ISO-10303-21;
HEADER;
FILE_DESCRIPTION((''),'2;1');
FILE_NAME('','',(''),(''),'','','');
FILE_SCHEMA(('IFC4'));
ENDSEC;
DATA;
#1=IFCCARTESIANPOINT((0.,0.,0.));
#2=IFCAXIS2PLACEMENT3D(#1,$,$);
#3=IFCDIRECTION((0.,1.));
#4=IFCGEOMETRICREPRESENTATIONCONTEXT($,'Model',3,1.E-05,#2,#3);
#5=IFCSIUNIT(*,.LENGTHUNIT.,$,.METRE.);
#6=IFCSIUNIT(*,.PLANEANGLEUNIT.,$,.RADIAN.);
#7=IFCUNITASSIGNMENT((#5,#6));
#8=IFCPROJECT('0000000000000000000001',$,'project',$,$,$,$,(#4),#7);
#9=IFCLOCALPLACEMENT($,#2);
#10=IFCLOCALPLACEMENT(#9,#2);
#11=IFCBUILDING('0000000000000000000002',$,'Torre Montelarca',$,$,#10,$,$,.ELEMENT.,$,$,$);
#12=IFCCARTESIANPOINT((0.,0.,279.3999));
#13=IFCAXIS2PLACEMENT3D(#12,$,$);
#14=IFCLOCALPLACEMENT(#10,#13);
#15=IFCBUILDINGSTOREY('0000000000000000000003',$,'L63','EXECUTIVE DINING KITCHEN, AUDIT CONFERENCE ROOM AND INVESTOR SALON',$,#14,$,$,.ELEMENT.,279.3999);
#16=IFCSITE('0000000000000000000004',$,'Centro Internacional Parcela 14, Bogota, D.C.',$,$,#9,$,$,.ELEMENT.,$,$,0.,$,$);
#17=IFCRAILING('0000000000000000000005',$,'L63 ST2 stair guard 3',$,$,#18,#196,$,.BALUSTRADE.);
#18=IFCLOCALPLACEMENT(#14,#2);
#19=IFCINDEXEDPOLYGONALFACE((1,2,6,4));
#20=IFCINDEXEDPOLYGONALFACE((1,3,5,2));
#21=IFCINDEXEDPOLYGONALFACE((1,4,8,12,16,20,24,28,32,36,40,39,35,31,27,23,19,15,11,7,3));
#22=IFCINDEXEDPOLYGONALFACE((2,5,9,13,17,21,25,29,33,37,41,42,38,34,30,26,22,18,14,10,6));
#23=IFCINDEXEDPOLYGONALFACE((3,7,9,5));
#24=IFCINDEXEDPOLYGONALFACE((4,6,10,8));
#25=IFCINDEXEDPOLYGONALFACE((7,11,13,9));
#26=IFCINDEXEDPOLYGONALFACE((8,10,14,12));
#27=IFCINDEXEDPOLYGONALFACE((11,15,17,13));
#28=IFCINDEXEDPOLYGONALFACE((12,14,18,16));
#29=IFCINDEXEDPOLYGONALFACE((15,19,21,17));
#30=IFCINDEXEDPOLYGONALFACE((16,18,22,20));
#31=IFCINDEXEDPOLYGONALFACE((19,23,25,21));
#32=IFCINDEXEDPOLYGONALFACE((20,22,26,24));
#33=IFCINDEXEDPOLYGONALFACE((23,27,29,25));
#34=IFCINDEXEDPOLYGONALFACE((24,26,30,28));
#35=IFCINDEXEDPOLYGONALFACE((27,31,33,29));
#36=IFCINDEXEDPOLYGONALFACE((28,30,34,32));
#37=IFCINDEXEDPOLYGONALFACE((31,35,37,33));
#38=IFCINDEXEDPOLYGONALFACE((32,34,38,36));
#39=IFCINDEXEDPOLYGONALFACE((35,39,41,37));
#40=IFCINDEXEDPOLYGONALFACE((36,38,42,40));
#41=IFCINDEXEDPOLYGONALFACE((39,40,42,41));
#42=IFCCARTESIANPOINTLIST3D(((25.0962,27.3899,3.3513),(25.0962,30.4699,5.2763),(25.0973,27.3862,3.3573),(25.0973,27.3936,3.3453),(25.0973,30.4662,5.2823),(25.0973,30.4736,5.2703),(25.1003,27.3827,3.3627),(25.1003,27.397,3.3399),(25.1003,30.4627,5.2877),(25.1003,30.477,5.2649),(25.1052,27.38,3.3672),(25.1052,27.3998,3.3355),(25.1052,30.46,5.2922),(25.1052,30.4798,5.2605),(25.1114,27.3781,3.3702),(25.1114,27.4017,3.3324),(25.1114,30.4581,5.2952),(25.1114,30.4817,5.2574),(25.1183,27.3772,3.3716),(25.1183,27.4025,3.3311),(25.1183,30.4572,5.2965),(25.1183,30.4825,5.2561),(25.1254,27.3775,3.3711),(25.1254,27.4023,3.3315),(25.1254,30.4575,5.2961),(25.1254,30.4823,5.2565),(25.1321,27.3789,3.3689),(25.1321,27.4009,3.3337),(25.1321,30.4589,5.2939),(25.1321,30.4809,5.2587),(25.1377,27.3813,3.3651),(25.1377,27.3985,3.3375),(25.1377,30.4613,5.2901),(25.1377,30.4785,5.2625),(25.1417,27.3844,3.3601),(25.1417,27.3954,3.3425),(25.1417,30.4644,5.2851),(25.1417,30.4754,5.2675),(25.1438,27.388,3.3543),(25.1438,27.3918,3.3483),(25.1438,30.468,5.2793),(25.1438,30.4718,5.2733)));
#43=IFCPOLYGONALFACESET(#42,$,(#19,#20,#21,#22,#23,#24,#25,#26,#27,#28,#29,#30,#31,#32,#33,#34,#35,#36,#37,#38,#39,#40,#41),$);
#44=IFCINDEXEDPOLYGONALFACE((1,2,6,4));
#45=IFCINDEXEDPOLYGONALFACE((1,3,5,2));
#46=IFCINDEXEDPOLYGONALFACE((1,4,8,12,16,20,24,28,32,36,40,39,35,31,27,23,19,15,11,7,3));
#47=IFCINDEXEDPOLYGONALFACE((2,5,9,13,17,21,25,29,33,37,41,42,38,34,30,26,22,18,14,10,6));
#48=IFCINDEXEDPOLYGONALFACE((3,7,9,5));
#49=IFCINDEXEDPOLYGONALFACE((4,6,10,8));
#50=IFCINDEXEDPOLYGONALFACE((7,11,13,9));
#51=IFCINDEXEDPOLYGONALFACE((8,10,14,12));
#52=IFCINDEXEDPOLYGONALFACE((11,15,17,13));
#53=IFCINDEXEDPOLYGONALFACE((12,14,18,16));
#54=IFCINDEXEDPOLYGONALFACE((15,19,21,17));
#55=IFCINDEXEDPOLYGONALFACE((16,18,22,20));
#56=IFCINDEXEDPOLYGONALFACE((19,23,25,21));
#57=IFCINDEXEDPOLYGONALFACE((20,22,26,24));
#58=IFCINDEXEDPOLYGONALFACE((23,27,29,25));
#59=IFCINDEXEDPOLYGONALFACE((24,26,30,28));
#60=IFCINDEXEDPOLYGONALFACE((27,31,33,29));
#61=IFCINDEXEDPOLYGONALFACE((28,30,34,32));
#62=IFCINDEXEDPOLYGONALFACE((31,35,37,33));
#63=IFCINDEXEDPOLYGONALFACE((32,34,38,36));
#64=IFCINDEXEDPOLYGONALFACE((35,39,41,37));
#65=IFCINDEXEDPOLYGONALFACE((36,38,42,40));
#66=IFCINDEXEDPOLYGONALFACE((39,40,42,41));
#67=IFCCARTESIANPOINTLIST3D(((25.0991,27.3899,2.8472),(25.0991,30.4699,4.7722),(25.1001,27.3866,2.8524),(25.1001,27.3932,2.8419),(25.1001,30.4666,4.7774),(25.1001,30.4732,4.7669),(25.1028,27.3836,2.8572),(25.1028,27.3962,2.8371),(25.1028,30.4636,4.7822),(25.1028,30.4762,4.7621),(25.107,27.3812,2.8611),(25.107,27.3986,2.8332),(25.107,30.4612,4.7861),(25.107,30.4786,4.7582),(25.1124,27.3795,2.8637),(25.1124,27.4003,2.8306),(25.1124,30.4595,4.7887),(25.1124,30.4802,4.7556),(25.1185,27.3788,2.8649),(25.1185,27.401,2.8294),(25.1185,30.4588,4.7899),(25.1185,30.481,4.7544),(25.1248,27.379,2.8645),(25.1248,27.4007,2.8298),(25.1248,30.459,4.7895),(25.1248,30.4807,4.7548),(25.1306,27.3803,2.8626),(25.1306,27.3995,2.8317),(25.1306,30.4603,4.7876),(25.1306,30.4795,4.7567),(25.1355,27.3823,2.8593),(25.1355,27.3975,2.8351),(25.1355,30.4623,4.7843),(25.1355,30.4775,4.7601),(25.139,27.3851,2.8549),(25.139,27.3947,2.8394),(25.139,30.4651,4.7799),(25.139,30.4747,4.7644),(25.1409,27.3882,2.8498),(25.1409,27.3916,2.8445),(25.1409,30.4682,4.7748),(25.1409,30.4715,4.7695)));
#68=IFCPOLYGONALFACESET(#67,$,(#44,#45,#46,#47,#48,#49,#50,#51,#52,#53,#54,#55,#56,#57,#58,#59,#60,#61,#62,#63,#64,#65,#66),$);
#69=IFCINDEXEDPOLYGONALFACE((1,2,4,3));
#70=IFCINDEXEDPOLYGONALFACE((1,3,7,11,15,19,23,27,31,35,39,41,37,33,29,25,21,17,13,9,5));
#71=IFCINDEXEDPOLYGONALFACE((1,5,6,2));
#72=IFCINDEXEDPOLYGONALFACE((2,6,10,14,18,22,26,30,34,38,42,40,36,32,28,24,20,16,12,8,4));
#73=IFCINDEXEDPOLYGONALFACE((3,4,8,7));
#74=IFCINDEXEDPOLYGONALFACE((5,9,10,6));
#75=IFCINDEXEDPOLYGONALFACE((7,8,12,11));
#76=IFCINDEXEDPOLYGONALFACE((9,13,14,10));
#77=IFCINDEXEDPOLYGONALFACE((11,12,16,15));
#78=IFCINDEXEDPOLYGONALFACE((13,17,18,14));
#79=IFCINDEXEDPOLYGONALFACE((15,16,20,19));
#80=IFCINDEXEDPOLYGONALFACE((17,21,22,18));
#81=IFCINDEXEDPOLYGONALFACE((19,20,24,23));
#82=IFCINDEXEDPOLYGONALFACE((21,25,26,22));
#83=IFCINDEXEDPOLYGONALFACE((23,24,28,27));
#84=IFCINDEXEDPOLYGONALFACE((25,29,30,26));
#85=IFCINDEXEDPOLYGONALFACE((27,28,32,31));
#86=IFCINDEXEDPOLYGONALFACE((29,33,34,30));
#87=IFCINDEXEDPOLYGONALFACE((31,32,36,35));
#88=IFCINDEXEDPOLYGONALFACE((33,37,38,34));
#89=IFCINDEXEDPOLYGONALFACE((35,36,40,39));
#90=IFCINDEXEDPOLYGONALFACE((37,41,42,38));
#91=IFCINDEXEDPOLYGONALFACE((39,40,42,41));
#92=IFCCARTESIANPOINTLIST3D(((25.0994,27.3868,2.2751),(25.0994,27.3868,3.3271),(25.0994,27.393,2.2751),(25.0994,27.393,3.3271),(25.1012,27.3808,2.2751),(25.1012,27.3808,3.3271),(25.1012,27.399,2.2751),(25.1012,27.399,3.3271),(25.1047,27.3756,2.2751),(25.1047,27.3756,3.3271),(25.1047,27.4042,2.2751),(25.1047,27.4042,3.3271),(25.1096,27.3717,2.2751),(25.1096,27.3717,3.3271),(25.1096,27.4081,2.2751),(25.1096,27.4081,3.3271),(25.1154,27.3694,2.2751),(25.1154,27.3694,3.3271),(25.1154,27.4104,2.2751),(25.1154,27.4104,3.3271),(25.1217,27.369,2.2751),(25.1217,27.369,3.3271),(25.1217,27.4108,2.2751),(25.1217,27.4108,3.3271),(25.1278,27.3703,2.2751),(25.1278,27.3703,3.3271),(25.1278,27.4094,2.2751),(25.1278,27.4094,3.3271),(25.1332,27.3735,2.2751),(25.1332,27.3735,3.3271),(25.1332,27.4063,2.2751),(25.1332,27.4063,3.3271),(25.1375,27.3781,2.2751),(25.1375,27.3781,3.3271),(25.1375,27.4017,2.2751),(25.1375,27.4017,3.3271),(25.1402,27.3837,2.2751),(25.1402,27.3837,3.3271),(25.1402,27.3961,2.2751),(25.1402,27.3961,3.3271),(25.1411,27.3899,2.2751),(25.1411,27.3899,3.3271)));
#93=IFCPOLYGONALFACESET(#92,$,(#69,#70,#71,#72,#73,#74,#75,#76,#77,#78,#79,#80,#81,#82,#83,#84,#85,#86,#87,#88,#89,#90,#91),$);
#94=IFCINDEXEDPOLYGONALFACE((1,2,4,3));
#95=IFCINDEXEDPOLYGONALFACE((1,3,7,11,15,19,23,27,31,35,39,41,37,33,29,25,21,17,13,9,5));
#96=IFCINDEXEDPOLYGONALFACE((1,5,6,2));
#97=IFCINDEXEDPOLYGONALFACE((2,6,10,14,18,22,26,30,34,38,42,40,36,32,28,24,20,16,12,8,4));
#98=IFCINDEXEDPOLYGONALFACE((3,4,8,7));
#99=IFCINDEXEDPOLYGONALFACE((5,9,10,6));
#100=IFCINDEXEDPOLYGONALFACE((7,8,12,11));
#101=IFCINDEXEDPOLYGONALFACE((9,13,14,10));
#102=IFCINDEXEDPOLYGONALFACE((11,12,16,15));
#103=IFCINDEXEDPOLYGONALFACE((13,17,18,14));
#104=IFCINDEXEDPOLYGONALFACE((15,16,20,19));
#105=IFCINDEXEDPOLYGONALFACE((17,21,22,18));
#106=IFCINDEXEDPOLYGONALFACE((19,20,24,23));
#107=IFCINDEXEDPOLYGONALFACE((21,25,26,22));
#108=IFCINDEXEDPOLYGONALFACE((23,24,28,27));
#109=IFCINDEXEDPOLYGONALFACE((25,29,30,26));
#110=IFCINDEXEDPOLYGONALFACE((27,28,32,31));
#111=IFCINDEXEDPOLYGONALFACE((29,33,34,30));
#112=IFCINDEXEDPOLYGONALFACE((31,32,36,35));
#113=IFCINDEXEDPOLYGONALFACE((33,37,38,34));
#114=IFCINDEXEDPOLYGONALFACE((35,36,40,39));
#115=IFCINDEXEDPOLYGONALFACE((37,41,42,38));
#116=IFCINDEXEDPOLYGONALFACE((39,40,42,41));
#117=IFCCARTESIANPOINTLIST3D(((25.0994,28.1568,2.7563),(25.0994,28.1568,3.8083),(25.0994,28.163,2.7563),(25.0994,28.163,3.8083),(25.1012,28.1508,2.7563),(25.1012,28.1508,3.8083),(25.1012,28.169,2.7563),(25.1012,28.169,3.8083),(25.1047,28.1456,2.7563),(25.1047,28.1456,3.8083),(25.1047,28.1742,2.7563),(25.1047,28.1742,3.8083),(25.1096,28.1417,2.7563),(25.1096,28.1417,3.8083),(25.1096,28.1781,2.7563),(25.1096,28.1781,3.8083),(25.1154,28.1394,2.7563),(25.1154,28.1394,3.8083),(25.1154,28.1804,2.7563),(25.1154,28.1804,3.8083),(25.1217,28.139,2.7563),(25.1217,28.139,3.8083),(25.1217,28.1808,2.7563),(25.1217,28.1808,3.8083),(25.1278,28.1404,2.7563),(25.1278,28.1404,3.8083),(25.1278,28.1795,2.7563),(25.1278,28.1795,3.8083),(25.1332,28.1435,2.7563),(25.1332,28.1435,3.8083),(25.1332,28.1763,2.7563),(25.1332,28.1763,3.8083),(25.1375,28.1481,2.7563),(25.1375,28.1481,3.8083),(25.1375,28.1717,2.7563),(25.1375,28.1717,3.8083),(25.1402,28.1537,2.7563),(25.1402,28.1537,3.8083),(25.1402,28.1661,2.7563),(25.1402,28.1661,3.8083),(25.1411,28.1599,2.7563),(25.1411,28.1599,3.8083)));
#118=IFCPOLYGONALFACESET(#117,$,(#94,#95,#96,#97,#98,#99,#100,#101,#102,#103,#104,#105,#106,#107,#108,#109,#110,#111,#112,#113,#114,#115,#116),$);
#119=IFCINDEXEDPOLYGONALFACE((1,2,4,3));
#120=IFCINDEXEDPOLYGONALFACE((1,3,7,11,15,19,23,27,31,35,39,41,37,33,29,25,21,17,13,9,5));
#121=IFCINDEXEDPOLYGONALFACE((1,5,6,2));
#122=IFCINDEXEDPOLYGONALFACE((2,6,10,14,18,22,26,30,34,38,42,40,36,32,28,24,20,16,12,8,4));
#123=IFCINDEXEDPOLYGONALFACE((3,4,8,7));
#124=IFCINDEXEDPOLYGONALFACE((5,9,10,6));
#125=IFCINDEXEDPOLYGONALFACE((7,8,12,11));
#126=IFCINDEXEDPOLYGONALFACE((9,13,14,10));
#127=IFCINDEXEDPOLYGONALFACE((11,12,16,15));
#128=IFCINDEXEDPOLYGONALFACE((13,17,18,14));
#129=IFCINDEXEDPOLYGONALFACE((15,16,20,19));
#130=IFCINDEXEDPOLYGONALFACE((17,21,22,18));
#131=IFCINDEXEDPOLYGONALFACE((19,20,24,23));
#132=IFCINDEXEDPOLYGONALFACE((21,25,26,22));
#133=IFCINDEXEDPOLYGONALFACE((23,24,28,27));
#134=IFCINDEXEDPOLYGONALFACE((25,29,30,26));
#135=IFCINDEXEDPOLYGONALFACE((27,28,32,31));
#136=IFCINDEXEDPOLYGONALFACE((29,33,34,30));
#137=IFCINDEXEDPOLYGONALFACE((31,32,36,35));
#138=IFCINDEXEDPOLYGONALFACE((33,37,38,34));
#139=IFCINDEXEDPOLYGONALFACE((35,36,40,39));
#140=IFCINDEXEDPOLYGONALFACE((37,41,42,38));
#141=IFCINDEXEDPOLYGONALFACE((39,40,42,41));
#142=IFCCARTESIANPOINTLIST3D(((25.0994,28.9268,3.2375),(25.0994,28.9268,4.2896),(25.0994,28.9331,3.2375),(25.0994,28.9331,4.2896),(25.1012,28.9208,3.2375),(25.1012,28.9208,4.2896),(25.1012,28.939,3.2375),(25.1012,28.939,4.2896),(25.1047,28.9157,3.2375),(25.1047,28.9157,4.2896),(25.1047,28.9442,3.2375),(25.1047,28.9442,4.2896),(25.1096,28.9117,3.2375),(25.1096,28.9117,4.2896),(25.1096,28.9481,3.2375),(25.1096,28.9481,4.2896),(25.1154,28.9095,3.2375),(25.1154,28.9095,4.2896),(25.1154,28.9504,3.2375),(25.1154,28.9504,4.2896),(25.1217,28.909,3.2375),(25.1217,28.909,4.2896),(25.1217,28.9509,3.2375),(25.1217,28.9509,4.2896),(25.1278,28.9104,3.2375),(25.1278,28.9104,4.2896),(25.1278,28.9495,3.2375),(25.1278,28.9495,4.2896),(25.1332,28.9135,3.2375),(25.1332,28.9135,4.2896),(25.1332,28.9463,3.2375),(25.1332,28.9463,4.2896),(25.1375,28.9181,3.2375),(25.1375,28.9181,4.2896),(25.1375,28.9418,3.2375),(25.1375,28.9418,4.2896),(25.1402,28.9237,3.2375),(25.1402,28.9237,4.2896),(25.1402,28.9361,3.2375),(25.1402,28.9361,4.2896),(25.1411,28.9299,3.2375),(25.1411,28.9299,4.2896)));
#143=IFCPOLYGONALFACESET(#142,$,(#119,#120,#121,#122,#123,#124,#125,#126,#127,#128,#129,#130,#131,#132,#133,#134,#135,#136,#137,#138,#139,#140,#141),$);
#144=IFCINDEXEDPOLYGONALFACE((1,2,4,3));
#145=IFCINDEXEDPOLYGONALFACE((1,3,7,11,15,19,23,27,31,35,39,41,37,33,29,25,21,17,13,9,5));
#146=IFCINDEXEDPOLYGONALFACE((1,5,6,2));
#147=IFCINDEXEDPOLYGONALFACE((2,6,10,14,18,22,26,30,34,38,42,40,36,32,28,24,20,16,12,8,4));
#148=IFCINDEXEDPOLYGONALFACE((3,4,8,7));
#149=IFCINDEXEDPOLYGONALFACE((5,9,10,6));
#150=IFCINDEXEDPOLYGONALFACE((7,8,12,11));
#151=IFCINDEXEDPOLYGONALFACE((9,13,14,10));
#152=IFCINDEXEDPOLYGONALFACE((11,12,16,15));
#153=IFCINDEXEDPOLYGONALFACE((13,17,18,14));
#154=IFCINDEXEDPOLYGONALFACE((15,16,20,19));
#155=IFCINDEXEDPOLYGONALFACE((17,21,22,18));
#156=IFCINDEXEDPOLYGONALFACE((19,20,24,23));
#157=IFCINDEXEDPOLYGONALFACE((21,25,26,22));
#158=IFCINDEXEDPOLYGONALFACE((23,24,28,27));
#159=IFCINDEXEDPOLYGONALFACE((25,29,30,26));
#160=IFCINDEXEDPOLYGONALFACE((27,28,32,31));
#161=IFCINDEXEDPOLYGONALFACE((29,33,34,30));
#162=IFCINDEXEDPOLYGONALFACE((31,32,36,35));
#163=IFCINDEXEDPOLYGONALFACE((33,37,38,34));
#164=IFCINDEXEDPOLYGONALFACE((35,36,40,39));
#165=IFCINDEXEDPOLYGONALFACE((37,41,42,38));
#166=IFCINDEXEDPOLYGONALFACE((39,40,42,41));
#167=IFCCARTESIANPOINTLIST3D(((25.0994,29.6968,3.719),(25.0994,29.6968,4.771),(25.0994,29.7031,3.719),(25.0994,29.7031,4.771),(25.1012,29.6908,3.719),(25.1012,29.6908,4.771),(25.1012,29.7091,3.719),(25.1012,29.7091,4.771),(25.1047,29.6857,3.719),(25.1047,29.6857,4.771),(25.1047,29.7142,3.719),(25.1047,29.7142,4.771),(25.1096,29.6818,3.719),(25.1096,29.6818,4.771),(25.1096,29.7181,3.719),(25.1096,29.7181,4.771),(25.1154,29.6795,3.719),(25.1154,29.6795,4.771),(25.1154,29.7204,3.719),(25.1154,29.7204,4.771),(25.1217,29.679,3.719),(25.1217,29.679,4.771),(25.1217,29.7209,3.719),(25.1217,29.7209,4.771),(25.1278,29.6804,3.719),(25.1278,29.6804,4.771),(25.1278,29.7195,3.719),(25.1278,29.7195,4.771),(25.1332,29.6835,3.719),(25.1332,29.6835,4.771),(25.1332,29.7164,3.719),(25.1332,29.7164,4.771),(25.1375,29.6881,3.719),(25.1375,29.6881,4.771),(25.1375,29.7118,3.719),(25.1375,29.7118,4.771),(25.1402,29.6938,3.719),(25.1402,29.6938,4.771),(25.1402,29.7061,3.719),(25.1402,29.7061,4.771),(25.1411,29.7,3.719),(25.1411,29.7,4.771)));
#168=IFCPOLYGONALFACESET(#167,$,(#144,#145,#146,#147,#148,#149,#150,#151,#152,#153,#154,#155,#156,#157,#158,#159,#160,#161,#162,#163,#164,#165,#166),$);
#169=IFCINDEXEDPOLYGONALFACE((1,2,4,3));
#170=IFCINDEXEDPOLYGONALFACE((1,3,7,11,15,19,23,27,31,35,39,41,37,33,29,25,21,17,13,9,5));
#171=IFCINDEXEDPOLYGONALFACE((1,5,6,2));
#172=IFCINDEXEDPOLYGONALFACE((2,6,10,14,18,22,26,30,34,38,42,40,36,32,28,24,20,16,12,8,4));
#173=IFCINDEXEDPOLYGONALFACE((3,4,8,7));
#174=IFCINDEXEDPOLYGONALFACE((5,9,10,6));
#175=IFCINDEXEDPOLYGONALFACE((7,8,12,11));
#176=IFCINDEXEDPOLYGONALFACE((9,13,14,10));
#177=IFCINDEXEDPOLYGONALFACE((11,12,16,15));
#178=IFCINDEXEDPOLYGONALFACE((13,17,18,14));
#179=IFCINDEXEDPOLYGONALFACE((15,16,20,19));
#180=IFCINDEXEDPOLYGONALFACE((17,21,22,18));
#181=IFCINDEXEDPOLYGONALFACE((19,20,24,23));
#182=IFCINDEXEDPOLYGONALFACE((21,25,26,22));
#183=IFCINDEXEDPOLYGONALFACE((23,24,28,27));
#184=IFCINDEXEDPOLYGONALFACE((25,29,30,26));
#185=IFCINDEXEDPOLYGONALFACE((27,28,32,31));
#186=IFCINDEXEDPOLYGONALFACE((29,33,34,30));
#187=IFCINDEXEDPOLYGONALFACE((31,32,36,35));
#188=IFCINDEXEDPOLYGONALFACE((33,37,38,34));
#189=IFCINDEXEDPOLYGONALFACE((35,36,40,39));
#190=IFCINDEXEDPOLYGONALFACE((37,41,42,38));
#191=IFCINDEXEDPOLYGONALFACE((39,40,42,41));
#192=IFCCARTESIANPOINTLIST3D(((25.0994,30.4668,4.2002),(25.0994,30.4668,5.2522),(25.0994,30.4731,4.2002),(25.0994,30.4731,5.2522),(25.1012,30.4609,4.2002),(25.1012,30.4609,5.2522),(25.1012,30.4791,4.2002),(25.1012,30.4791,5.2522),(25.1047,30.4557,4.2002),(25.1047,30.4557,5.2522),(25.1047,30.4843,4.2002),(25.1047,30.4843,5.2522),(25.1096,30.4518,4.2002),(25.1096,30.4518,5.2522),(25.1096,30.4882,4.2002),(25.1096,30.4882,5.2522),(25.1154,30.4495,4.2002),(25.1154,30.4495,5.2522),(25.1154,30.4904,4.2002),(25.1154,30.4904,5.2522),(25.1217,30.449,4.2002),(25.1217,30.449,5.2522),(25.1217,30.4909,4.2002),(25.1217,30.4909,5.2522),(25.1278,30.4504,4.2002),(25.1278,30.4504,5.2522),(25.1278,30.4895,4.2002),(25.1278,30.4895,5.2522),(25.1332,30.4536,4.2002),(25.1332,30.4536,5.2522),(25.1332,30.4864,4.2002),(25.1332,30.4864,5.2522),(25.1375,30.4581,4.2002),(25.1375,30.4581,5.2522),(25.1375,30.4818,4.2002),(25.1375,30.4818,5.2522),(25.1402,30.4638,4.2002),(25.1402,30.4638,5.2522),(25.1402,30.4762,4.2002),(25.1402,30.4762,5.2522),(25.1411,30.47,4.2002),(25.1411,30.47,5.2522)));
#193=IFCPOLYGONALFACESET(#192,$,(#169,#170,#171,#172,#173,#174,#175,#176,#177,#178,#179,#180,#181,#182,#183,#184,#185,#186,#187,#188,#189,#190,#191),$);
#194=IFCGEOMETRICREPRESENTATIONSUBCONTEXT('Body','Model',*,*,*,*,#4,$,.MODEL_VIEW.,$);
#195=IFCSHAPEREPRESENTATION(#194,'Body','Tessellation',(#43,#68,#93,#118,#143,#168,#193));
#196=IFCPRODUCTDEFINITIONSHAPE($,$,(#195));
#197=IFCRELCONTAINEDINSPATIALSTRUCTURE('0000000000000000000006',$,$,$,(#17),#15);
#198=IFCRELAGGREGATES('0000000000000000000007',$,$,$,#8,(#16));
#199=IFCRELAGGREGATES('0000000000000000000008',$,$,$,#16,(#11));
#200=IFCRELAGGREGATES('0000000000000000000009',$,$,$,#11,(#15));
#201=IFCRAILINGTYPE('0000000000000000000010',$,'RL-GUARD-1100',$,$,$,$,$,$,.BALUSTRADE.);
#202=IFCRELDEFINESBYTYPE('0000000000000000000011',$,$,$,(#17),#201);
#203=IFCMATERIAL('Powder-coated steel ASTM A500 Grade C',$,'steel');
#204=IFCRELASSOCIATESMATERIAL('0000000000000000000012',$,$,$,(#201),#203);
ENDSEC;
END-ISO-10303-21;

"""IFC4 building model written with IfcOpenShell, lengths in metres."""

from ifc_helpers import new_model, si_unit, direction, frame, origin, origin_2d, place, context, subcontext, project, spatial, circle, extrude, material, type_object, element, save


model = new_model("IFC4")

# Units and contexts
model_context = context("Model", 3, precision=1e-05, world=origin(), true_north=direction((0.0, 1.0)))
body_context = subcontext(model_context, "Body", "Model", "MODEL_VIEW")
ifc_project = project(units=[si_unit("LENGTHUNIT", "METRE"), si_unit("PLANEANGLEUNIT", "RADIAN")], contexts=[model_context])

# Site, building, storey
site_placement = place(None, origin())
site = spatial("IfcSite", under=ifc_project, at=site_placement, Name="Centro Internacional Parcela 14, Bogota, D.C.", CompositionType="ELEMENT", RefElevation=0.0)
building_placement = place(site_placement, origin())
building = spatial("IfcBuilding", under=site, at=building_placement, Name="Torre Montelarca", CompositionType="ELEMENT")
storey_placement = place(building_placement, frame((0.0, 0.0, 279.3999)))
storey = spatial("IfcBuildingStorey", under=building, at=storey_placement, Name="L63", Description="EXECUTIVE DINING KITCHEN, AUDIT CONFERENCE ROOM AND INVESTOR SALON", CompositionType="ELEMENT", Elevation=279.3999)

# Railing
ifc_material_1 = material(Name="Powder-coated steel ASTM A500 Grade C", Category="steel")
railing_type_1 = type_object("IfcRailingType", Name="RL-GUARD-1100", PredefinedType="BALUSTRADE", material=ifc_material_1)
railing_1_placement = place(storey_placement, frame((25.1201, 27.3899, 2.2751)))
element("IfcRailing", 1, at=railing_1_placement, inside=storey, type_object=railing_type_1, Name="L63 ST2 stair guard 3", PredefinedType="BALUSTRADE", context=body_context, shape_type="SweptSolid", body=[
    extrude(circle(Radius=0.0239, at=origin_2d()), frame((0.0, 0.0, 1.0762), z_axis=(0.0, 0.847998, 0.529999), x_axis=(-1.0, 0.0, 0.0)), (0.0, 0.0, 1.0), 3.6321),
    extrude(circle(Radius=0.021, at=origin_2d()), frame((0.0, 0.0, 0.572), z_axis=(0.0, 0.847998, 0.529999), x_axis=(-1.0, 0.0, 0.0)), (0.0, 0.0, 1.0), 3.6321),
    extrude(circle(Radius=0.021, at=origin_2d()), origin(), (0.0, 0.0, 1.0), 1.052),
    extrude(circle(Radius=0.021, at=origin_2d()), frame((0.0, 0.77, 0.4812)), (0.0, 0.0, 1.0), 1.052),
    extrude(circle(Radius=0.021, at=origin_2d()), frame((0.0, 1.54, 0.9624)), (0.0, 0.0, 1.0), 1.052),
    extrude(circle(Radius=0.021, at=origin_2d()), frame((0.0, 2.3101, 1.4438)), (0.0, 0.0, 1.0), 1.052),
    extrude(circle(Radius=0.021, at=origin_2d()), frame((0.0, 3.0801, 1.925)), (0.0, 0.0, 1.0), 1.052),
])

save(model, "model.ifc")
